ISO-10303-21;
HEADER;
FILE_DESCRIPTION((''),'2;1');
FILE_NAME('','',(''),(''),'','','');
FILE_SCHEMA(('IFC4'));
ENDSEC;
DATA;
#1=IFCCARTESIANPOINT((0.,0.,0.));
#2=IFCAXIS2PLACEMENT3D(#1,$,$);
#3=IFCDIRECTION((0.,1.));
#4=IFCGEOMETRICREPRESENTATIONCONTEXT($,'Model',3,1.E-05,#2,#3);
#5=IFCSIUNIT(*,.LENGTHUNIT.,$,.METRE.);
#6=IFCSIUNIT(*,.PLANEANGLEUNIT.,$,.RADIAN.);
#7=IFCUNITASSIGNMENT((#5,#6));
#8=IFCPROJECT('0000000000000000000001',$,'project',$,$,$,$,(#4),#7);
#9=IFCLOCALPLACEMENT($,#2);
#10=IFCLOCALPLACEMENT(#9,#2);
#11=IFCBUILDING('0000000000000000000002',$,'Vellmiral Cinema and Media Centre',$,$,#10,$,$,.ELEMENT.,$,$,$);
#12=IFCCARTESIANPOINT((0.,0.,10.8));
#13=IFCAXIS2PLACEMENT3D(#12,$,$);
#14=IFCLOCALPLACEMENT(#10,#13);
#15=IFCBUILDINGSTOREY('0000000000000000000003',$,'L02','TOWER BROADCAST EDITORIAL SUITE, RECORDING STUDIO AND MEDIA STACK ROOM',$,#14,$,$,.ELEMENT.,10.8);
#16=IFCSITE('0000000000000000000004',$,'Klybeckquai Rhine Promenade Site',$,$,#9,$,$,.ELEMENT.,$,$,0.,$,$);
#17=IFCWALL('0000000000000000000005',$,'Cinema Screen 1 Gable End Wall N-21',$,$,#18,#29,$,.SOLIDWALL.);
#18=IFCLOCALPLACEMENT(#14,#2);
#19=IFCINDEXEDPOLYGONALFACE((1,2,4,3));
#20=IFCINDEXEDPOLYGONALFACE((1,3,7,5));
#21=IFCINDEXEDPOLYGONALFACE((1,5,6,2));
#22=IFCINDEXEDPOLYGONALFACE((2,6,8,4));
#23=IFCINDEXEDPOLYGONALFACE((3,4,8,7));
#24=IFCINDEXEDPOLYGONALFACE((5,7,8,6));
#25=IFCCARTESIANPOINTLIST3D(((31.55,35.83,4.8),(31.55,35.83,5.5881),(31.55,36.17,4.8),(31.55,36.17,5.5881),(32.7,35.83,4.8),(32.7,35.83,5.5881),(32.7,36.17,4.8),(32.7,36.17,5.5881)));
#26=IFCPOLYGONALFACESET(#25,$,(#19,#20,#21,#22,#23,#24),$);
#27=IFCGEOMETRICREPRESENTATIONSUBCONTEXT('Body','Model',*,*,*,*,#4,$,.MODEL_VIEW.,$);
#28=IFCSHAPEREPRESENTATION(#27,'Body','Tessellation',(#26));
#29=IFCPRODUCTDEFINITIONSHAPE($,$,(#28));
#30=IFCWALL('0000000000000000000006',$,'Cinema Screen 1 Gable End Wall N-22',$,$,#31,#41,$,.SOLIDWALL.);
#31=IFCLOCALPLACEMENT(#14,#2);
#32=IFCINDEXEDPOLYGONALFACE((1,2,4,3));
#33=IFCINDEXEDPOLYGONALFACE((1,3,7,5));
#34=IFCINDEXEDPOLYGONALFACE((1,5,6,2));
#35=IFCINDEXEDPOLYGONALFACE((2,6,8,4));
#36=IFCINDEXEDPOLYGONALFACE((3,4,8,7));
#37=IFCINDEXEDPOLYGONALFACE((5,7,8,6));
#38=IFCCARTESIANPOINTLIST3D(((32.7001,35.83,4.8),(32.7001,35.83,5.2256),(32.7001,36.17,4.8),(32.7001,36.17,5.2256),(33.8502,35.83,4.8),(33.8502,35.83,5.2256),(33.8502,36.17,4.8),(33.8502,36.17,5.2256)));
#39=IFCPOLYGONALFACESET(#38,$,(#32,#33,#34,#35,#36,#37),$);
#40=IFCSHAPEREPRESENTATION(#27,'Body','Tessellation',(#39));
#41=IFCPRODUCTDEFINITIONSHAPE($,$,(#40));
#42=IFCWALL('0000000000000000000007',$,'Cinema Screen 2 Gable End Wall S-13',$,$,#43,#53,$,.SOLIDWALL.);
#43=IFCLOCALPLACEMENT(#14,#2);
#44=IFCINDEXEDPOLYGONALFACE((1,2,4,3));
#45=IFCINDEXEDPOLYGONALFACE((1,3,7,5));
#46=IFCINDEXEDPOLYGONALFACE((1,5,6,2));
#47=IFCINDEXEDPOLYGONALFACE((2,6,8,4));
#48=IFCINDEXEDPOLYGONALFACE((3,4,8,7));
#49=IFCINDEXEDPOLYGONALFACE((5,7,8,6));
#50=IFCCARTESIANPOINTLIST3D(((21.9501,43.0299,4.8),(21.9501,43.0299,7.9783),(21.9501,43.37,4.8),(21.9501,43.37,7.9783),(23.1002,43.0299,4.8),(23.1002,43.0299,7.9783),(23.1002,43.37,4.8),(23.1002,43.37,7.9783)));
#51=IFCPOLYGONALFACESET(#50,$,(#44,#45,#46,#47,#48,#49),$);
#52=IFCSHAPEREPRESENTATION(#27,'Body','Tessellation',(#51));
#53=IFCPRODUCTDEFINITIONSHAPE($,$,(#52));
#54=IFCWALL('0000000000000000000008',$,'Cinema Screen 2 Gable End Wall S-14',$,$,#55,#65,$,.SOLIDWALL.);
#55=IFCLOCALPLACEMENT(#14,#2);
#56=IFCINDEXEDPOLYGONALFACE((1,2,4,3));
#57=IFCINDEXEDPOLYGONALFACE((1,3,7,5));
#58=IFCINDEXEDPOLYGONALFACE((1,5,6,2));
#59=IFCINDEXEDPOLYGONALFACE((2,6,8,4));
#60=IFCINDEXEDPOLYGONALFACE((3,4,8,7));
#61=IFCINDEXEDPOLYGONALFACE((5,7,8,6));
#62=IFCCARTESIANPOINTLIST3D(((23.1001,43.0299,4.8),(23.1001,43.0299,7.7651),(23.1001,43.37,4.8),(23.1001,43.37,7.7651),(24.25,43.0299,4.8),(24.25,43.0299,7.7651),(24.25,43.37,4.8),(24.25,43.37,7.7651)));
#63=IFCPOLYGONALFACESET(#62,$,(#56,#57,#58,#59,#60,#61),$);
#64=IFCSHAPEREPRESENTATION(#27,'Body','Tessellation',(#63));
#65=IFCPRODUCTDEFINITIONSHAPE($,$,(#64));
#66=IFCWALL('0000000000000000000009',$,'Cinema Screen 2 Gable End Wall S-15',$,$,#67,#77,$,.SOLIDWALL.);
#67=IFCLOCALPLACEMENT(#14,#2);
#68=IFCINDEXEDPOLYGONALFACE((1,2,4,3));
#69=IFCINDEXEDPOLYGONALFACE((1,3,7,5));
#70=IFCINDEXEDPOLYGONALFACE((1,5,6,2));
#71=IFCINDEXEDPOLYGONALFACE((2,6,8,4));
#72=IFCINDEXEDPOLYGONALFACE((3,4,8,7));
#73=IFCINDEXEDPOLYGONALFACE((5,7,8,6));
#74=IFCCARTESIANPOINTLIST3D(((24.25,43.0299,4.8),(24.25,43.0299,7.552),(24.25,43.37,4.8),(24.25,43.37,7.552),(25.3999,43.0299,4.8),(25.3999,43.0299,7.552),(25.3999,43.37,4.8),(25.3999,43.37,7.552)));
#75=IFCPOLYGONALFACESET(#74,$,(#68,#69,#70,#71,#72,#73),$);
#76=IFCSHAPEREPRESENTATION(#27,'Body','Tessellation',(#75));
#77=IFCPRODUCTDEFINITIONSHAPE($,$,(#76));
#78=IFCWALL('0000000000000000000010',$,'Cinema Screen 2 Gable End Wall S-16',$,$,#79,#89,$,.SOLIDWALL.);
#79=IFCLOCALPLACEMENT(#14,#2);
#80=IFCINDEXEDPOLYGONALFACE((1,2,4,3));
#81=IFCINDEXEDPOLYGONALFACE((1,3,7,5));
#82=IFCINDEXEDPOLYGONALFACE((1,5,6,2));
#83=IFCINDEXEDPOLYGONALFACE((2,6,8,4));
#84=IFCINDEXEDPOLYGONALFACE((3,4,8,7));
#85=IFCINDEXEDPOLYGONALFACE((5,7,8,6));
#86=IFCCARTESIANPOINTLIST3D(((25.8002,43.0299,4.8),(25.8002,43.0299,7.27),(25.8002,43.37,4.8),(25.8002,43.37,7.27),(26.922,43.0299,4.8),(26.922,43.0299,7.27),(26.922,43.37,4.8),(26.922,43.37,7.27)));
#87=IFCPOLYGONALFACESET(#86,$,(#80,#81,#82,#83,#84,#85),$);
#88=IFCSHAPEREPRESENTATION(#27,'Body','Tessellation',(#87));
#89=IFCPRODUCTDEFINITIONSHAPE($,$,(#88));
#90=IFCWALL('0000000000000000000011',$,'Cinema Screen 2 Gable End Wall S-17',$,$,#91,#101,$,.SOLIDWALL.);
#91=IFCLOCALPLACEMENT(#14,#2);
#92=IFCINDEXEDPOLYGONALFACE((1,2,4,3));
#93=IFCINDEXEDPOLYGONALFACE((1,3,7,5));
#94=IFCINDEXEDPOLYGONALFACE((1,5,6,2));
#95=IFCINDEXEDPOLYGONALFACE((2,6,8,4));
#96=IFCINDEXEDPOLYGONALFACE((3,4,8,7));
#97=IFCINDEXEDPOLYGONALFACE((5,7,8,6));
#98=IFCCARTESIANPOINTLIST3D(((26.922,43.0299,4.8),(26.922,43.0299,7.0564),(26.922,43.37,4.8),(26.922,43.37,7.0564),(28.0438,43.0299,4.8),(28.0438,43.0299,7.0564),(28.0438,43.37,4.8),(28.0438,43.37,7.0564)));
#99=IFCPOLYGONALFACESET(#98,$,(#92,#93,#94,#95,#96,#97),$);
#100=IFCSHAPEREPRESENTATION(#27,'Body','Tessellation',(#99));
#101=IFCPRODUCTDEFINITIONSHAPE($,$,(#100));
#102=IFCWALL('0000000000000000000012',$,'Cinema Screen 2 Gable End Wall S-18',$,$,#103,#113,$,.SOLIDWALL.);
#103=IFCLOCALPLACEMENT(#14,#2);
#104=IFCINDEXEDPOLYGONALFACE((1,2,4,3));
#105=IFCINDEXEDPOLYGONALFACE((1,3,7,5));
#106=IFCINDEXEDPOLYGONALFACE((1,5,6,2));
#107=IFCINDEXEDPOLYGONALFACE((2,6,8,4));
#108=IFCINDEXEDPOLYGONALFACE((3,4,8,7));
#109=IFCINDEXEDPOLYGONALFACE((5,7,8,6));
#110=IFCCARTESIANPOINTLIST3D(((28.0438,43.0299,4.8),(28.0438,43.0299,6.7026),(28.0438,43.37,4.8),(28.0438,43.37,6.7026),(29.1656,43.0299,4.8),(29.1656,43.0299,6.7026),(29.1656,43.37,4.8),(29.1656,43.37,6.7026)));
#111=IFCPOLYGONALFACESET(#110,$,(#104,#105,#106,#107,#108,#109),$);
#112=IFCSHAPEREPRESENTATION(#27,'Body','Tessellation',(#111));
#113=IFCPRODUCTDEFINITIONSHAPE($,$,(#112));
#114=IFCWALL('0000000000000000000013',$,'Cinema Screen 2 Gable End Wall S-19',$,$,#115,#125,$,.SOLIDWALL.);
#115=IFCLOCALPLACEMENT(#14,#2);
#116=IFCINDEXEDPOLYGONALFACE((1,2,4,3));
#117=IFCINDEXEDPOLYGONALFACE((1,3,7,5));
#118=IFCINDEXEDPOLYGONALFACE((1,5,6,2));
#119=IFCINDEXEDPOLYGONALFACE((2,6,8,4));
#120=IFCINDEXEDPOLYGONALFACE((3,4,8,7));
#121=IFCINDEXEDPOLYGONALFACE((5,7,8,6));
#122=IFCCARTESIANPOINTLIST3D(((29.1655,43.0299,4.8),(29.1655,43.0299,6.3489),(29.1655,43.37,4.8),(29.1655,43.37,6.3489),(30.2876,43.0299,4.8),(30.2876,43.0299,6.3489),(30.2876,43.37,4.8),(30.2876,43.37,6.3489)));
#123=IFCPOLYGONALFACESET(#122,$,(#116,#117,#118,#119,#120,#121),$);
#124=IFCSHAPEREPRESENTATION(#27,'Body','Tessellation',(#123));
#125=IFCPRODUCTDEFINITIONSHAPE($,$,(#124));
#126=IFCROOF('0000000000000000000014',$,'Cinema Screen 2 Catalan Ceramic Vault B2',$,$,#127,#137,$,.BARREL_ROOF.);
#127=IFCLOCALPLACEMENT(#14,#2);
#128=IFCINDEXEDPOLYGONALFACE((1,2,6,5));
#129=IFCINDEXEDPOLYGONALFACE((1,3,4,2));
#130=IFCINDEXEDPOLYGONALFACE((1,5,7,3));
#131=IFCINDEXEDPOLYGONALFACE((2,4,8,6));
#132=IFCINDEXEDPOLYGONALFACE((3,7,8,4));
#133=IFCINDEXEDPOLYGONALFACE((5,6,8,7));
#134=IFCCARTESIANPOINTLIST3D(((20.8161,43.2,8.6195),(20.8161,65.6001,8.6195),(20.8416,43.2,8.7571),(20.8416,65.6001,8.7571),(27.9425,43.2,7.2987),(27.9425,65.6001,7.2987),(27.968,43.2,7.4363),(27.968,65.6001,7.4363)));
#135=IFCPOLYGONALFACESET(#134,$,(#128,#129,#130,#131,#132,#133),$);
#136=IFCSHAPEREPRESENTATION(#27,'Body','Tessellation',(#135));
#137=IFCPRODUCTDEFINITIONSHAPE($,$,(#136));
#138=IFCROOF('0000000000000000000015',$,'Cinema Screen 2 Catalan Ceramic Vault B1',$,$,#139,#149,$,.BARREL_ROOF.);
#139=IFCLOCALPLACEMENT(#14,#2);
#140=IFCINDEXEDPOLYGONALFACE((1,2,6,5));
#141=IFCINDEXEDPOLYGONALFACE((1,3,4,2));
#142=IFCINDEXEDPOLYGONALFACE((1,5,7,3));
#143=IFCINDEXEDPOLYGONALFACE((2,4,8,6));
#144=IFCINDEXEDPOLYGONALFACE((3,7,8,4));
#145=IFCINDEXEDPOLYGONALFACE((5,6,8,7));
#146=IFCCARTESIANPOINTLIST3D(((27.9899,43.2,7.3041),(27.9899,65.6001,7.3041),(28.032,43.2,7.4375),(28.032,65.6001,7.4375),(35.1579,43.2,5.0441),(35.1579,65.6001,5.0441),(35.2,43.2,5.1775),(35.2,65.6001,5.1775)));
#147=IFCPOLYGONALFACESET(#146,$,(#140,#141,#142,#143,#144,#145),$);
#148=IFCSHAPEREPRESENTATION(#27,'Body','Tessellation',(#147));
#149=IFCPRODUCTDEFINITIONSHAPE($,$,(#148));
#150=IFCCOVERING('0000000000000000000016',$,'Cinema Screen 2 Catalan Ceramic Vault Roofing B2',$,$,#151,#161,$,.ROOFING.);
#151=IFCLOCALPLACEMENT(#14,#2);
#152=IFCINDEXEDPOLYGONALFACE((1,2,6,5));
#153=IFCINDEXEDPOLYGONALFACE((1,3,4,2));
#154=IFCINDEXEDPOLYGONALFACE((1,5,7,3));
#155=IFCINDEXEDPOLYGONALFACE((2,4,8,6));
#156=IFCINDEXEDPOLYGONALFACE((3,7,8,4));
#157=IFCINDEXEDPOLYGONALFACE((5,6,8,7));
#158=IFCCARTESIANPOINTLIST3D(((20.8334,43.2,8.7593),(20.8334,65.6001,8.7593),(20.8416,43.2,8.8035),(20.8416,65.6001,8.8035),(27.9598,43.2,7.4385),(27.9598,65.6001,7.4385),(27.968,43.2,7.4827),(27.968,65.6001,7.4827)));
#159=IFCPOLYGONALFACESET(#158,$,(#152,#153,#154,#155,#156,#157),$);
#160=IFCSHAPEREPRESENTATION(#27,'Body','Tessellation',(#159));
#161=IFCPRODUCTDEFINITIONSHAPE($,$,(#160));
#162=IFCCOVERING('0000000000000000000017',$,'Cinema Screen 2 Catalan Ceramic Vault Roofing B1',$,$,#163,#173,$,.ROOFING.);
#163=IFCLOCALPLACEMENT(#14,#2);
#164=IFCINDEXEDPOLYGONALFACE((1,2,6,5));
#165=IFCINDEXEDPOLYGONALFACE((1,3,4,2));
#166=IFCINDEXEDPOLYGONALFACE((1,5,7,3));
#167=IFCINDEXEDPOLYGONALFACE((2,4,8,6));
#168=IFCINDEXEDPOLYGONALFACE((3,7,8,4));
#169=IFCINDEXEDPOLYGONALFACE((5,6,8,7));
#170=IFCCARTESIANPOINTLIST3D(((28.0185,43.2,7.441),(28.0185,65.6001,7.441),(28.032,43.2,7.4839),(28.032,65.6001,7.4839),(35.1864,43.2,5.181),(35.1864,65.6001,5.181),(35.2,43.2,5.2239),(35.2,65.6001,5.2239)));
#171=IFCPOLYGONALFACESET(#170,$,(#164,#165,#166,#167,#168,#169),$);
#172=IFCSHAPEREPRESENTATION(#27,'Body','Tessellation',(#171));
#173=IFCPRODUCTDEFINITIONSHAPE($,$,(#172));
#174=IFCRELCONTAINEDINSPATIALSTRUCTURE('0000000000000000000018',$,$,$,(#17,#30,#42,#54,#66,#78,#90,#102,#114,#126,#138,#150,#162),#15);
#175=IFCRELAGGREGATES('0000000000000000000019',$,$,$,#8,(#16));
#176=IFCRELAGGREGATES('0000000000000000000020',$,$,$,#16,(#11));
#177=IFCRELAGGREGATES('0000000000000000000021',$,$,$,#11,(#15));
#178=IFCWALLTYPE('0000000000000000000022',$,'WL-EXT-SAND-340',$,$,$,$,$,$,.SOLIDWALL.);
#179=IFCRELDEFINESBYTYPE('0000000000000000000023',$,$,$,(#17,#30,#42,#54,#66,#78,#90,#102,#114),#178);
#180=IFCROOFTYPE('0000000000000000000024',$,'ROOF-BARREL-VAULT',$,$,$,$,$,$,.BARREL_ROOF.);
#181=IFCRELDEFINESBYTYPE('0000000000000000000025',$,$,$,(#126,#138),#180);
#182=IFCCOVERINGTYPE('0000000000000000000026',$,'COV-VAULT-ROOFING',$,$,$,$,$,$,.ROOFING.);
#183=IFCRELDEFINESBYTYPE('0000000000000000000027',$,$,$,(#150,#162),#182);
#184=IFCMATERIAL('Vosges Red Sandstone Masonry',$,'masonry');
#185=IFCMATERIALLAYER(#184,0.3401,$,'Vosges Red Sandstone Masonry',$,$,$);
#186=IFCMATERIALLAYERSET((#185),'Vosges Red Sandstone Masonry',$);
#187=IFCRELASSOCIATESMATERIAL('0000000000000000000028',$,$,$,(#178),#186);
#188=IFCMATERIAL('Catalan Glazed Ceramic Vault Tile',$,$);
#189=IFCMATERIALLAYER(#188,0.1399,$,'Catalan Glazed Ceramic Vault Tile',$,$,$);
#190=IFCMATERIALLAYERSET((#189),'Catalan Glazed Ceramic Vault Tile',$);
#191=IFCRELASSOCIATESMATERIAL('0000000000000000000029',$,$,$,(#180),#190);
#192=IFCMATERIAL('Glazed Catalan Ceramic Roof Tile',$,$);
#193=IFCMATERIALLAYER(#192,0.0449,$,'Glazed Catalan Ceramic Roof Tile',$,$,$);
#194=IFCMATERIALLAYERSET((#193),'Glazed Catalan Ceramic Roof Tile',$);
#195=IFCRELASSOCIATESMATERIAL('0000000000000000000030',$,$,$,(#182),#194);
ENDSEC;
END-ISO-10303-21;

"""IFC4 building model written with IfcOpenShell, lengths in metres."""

from ifc_helpers import new_model, si_unit, direction, frame, frame_2d, origin, place, context, subcontext, project, spatial, polyline, rectangle, outline, extrude, material, layer, layer_set, type_object, element, save


model = new_model("IFC4")

# Units and contexts
model_context = context("Model", 3, precision=1e-05, world=origin(), true_north=direction((0.0, 1.0)))
body_context = subcontext(model_context, "Body", "Model", "MODEL_VIEW")
ifc_project = project(units=[si_unit("LENGTHUNIT", "METRE"), si_unit("PLANEANGLEUNIT", "RADIAN")], contexts=[model_context])

# Site, building, storey
site_placement = place(None, origin())
site = spatial("IfcSite", under=ifc_project, at=site_placement, Name="Klybeckquai Rhine Promenade Site", CompositionType="ELEMENT", RefElevation=0.0)
building_placement = place(site_placement, origin())
building = spatial("IfcBuilding", under=site, at=building_placement, Name="Vellmiral Cinema and Media Centre", CompositionType="ELEMENT")
storey_placement = place(building_placement, frame((0.0, 0.0, 10.8)))
storey = spatial("IfcBuildingStorey", under=building, at=storey_placement, Name="L02", Description="TOWER BROADCAST EDITORIAL SUITE, RECORDING STUDIO AND MEDIA STACK ROOM", CompositionType="ELEMENT", Elevation=10.8)

# Walls
ifc_material_1 = material(Name="Vosges Red Sandstone Masonry", Category="masonry")
ifc_layer_1 = layer(ifc_material_1, 0.3401, Name="Vosges Red Sandstone Masonry")
ifc_layer_set_1 = layer_set([ifc_layer_1], Name="Vosges Red Sandstone Masonry")
wall_type = type_object("IfcWallType", Name="WL-EXT-SAND-340", PredefinedType="SOLIDWALL", material=ifc_layer_set_1)
wall_1_placement = place(storey_placement, frame((31.55, 36.0, 4.8), z_axis=(0.0, 0.0, 1.0), x_axis=(1.0, 0.0, 0.0)))
element("IfcWall", 1, at=wall_1_placement, inside=storey, type_object=wall_type, Name="Cinema Screen 1 Gable End Wall N-21", PredefinedType="SOLIDWALL", context=body_context, shape_type="SweptSolid", body=[
    extrude(rectangle(XDim=1.1499, YDim=0.3401, at=frame_2d((0.575, 0.0))), origin(), (0.0, 0.0, 1.0), 0.7881),
])
wall_2_placement = place(storey_placement, frame((32.7, 36.0, 4.8), z_axis=(0.0, 0.0, 1.0), x_axis=(1.0, 0.0, 0.0)))
element("IfcWall", 2, at=wall_2_placement, inside=storey, type_object=wall_type, Name="Cinema Screen 1 Gable End Wall N-22", PredefinedType="SOLIDWALL", context=body_context, shape_type="SweptSolid", body=[
    extrude(rectangle(XDim=1.1501, YDim=0.3401, at=frame_2d((0.5752, 0.0))), origin(), (0.0, 0.0, 1.0), 0.4255),
])
wall_3_placement = place(storey_placement, frame((21.95, 43.2, 4.8), z_axis=(0.0, 0.0, 1.0), x_axis=(1.0, 0.0, 0.0)))
element("IfcWall", 3, at=wall_3_placement, inside=storey, type_object=wall_type, Name="Cinema Screen 2 Gable End Wall S-13", PredefinedType="SOLIDWALL", context=body_context, shape_type="SweptSolid", body=[
    extrude(rectangle(XDim=1.1501, YDim=0.3401, at=frame_2d((0.5752, 0.0))), origin(), (0.0, 0.0, 1.0), 3.1782),
])
wall_4_placement = place(storey_placement, frame((23.1001, 43.2, 4.8), z_axis=(0.0, 0.0, 1.0), x_axis=(1.0, 0.0, 0.0)))
element("IfcWall", 4, at=wall_4_placement, inside=storey, type_object=wall_type, Name="Cinema Screen 2 Gable End Wall S-14", PredefinedType="SOLIDWALL", context=body_context, shape_type="SweptSolid", body=[
    extrude(rectangle(XDim=1.1499, YDim=0.3401, at=frame_2d((0.575, 0.0))), origin(), (0.0, 0.0, 1.0), 2.9651),
])
wall_5_placement = place(storey_placement, frame((24.25, 43.2, 4.8), z_axis=(0.0, 0.0, 1.0), x_axis=(1.0, 0.0, 0.0)))
element("IfcWall", 5, at=wall_5_placement, inside=storey, type_object=wall_type, Name="Cinema Screen 2 Gable End Wall S-15", PredefinedType="SOLIDWALL", context=body_context, shape_type="SweptSolid", body=[
    extrude(rectangle(XDim=1.1499, YDim=0.3401, at=frame_2d((0.575, 0.0))), origin(), (0.0, 0.0, 1.0), 2.752),
])
wall_6_placement = place(storey_placement, frame((25.8, 43.2, 4.8), z_axis=(0.0, 0.0, 1.0), x_axis=(1.0, 0.0, 0.0)))
element("IfcWall", 6, at=wall_6_placement, inside=storey, type_object=wall_type, Name="Cinema Screen 2 Gable End Wall S-16", PredefinedType="SOLIDWALL", context=body_context, shape_type="SweptSolid", body=[
    extrude(rectangle(XDim=1.1218, YDim=0.3401, at=frame_2d((0.561, 0.0))), origin(), (0.0, 0.0, 1.0), 2.47),
])
wall_7_placement = place(storey_placement, frame((26.9219, 43.2, 4.8), z_axis=(0.0, 0.0, 1.0), x_axis=(1.0, 0.0, 0.0)))
element("IfcWall", 7, at=wall_7_placement, inside=storey, type_object=wall_type, Name="Cinema Screen 2 Gable End Wall S-17", PredefinedType="SOLIDWALL", context=body_context, shape_type="SweptSolid", body=[
    extrude(rectangle(XDim=1.1218, YDim=0.3401, at=frame_2d((0.561, 0.0))), origin(), (0.0, 0.0, 1.0), 2.2563),
])
wall_8_placement = place(storey_placement, frame((28.0437, 43.2, 4.8), z_axis=(0.0, 0.0, 1.0), x_axis=(1.0, 0.0, 0.0)))
element("IfcWall", 8, at=wall_8_placement, inside=storey, type_object=wall_type, Name="Cinema Screen 2 Gable End Wall S-18", PredefinedType="SOLIDWALL", context=body_context, shape_type="SweptSolid", body=[
    extrude(rectangle(XDim=1.1218, YDim=0.3401, at=frame_2d((0.561, 0.0))), origin(), (0.0, 0.0, 1.0), 1.9026),
])
wall_9_placement = place(storey_placement, frame((29.1655, 43.2, 4.8), z_axis=(0.0, 0.0, 1.0), x_axis=(1.0, 0.0, 0.0)))
element("IfcWall", 9, at=wall_9_placement, inside=storey, type_object=wall_type, Name="Cinema Screen 2 Gable End Wall S-19", PredefinedType="SOLIDWALL", context=body_context, shape_type="SweptSolid", body=[
    extrude(rectangle(XDim=1.1221, YDim=0.3401, at=frame_2d((0.561, 0.0))), origin(), (0.0, 0.0, 1.0), 1.5488),
])

# Roofs
ifc_material_2 = material(Name="Catalan Glazed Ceramic Vault Tile")
ifc_layer_2 = layer(ifc_material_2, 0.1399, Name="Catalan Glazed Ceramic Vault Tile")
ifc_layer_set_2 = layer_set([ifc_layer_2], Name="Catalan Glazed Ceramic Vault Tile")
roof_type = type_object("IfcRoofType", Name="ROOF-BARREL-VAULT", PredefinedType="BARREL_ROOF", material=ifc_layer_set_2)
roof_1_placement = place(storey_placement, frame((20.8416, 43.2, 8.7571), z_axis=(0.182234, 0.0, 0.983255), x_axis=(0.983255, 0.0, -0.182234)))
element("IfcRoof", 10, at=roof_1_placement, inside=storey, type_object=roof_type, Name="Cinema Screen 2 Catalan Ceramic Vault B2", PredefinedType="BARREL_ROOF", context=body_context, shape_type="SweptSolid", body=[
    extrude(outline(polyline([(0.0, 0.0), (7.2478, 0.0), (7.2478, 22.4001), (0.0, 22.4001), (0.0, 0.0)])), origin(), (0.0, 0.0, -1.0), 0.1399),
])
roof_2_placement = place(storey_placement, frame((28.032, 43.2, 7.4375), z_axis=(0.300701, 0.0, 0.953719), x_axis=(0.953719, 0.0, -0.300701)))
element("IfcRoof", 11, at=roof_2_placement, inside=storey, type_object=roof_type, Name="Cinema Screen 2 Catalan Ceramic Vault B1", PredefinedType="BARREL_ROOF", context=body_context, shape_type="SweptSolid", body=[
    extrude(outline(polyline([(0.0, 0.0), (7.5158, 0.0), (7.5158, 22.4001), (0.0, 22.4001), (0.0, 0.0)])), origin(), (0.0, 0.0, -1.0), 0.1399),
])

# Coverings
ifc_material_3 = material(Name="Glazed Catalan Ceramic Roof Tile")
ifc_layer_3 = layer(ifc_material_3, 0.0449, Name="Glazed Catalan Ceramic Roof Tile")
ifc_layer_set_3 = layer_set([ifc_layer_3], Name="Glazed Catalan Ceramic Roof Tile")
covering_type = type_object("IfcCoveringType", Name="COV-VAULT-ROOFING", PredefinedType="ROOFING", material=ifc_layer_set_3)
covering_1_placement = place(storey_placement, frame((20.8416, 43.2, 8.8035), z_axis=(0.182234, 0.0, 0.983255), x_axis=(0.983255, 0.0, -0.182234)))
element("IfcCovering", 12, at=covering_1_placement, inside=storey, type_object=covering_type, Name="Cinema Screen 2 Catalan Ceramic Vault Roofing B2", PredefinedType="ROOFING", context=body_context, shape_type="SweptSolid", body=[
    extrude(outline(polyline([(0.0, 0.0), (7.2478, 0.0), (7.2478, 22.4001), (0.0, 22.4001), (0.0, 0.0)])), origin(), (0.0, 0.0, -1.0), 0.0449),
])
covering_2_placement = place(storey_placement, frame((28.032, 43.2, 7.4839), z_axis=(0.300701, 0.0, 0.953719), x_axis=(0.953719, 0.0, -0.300701)))
element("IfcCovering", 13, at=covering_2_placement, inside=storey, type_object=covering_type, Name="Cinema Screen 2 Catalan Ceramic Vault Roofing B1", PredefinedType="ROOFING", context=body_context, shape_type="SweptSolid", body=[
    extrude(outline(polyline([(0.0, 0.0), (7.5158, 0.0), (7.5158, 22.4001), (0.0, 22.4001), (0.0, 0.0)])), origin(), (0.0, 0.0, -1.0), 0.0449),
])

save(model, "model.ifc")
